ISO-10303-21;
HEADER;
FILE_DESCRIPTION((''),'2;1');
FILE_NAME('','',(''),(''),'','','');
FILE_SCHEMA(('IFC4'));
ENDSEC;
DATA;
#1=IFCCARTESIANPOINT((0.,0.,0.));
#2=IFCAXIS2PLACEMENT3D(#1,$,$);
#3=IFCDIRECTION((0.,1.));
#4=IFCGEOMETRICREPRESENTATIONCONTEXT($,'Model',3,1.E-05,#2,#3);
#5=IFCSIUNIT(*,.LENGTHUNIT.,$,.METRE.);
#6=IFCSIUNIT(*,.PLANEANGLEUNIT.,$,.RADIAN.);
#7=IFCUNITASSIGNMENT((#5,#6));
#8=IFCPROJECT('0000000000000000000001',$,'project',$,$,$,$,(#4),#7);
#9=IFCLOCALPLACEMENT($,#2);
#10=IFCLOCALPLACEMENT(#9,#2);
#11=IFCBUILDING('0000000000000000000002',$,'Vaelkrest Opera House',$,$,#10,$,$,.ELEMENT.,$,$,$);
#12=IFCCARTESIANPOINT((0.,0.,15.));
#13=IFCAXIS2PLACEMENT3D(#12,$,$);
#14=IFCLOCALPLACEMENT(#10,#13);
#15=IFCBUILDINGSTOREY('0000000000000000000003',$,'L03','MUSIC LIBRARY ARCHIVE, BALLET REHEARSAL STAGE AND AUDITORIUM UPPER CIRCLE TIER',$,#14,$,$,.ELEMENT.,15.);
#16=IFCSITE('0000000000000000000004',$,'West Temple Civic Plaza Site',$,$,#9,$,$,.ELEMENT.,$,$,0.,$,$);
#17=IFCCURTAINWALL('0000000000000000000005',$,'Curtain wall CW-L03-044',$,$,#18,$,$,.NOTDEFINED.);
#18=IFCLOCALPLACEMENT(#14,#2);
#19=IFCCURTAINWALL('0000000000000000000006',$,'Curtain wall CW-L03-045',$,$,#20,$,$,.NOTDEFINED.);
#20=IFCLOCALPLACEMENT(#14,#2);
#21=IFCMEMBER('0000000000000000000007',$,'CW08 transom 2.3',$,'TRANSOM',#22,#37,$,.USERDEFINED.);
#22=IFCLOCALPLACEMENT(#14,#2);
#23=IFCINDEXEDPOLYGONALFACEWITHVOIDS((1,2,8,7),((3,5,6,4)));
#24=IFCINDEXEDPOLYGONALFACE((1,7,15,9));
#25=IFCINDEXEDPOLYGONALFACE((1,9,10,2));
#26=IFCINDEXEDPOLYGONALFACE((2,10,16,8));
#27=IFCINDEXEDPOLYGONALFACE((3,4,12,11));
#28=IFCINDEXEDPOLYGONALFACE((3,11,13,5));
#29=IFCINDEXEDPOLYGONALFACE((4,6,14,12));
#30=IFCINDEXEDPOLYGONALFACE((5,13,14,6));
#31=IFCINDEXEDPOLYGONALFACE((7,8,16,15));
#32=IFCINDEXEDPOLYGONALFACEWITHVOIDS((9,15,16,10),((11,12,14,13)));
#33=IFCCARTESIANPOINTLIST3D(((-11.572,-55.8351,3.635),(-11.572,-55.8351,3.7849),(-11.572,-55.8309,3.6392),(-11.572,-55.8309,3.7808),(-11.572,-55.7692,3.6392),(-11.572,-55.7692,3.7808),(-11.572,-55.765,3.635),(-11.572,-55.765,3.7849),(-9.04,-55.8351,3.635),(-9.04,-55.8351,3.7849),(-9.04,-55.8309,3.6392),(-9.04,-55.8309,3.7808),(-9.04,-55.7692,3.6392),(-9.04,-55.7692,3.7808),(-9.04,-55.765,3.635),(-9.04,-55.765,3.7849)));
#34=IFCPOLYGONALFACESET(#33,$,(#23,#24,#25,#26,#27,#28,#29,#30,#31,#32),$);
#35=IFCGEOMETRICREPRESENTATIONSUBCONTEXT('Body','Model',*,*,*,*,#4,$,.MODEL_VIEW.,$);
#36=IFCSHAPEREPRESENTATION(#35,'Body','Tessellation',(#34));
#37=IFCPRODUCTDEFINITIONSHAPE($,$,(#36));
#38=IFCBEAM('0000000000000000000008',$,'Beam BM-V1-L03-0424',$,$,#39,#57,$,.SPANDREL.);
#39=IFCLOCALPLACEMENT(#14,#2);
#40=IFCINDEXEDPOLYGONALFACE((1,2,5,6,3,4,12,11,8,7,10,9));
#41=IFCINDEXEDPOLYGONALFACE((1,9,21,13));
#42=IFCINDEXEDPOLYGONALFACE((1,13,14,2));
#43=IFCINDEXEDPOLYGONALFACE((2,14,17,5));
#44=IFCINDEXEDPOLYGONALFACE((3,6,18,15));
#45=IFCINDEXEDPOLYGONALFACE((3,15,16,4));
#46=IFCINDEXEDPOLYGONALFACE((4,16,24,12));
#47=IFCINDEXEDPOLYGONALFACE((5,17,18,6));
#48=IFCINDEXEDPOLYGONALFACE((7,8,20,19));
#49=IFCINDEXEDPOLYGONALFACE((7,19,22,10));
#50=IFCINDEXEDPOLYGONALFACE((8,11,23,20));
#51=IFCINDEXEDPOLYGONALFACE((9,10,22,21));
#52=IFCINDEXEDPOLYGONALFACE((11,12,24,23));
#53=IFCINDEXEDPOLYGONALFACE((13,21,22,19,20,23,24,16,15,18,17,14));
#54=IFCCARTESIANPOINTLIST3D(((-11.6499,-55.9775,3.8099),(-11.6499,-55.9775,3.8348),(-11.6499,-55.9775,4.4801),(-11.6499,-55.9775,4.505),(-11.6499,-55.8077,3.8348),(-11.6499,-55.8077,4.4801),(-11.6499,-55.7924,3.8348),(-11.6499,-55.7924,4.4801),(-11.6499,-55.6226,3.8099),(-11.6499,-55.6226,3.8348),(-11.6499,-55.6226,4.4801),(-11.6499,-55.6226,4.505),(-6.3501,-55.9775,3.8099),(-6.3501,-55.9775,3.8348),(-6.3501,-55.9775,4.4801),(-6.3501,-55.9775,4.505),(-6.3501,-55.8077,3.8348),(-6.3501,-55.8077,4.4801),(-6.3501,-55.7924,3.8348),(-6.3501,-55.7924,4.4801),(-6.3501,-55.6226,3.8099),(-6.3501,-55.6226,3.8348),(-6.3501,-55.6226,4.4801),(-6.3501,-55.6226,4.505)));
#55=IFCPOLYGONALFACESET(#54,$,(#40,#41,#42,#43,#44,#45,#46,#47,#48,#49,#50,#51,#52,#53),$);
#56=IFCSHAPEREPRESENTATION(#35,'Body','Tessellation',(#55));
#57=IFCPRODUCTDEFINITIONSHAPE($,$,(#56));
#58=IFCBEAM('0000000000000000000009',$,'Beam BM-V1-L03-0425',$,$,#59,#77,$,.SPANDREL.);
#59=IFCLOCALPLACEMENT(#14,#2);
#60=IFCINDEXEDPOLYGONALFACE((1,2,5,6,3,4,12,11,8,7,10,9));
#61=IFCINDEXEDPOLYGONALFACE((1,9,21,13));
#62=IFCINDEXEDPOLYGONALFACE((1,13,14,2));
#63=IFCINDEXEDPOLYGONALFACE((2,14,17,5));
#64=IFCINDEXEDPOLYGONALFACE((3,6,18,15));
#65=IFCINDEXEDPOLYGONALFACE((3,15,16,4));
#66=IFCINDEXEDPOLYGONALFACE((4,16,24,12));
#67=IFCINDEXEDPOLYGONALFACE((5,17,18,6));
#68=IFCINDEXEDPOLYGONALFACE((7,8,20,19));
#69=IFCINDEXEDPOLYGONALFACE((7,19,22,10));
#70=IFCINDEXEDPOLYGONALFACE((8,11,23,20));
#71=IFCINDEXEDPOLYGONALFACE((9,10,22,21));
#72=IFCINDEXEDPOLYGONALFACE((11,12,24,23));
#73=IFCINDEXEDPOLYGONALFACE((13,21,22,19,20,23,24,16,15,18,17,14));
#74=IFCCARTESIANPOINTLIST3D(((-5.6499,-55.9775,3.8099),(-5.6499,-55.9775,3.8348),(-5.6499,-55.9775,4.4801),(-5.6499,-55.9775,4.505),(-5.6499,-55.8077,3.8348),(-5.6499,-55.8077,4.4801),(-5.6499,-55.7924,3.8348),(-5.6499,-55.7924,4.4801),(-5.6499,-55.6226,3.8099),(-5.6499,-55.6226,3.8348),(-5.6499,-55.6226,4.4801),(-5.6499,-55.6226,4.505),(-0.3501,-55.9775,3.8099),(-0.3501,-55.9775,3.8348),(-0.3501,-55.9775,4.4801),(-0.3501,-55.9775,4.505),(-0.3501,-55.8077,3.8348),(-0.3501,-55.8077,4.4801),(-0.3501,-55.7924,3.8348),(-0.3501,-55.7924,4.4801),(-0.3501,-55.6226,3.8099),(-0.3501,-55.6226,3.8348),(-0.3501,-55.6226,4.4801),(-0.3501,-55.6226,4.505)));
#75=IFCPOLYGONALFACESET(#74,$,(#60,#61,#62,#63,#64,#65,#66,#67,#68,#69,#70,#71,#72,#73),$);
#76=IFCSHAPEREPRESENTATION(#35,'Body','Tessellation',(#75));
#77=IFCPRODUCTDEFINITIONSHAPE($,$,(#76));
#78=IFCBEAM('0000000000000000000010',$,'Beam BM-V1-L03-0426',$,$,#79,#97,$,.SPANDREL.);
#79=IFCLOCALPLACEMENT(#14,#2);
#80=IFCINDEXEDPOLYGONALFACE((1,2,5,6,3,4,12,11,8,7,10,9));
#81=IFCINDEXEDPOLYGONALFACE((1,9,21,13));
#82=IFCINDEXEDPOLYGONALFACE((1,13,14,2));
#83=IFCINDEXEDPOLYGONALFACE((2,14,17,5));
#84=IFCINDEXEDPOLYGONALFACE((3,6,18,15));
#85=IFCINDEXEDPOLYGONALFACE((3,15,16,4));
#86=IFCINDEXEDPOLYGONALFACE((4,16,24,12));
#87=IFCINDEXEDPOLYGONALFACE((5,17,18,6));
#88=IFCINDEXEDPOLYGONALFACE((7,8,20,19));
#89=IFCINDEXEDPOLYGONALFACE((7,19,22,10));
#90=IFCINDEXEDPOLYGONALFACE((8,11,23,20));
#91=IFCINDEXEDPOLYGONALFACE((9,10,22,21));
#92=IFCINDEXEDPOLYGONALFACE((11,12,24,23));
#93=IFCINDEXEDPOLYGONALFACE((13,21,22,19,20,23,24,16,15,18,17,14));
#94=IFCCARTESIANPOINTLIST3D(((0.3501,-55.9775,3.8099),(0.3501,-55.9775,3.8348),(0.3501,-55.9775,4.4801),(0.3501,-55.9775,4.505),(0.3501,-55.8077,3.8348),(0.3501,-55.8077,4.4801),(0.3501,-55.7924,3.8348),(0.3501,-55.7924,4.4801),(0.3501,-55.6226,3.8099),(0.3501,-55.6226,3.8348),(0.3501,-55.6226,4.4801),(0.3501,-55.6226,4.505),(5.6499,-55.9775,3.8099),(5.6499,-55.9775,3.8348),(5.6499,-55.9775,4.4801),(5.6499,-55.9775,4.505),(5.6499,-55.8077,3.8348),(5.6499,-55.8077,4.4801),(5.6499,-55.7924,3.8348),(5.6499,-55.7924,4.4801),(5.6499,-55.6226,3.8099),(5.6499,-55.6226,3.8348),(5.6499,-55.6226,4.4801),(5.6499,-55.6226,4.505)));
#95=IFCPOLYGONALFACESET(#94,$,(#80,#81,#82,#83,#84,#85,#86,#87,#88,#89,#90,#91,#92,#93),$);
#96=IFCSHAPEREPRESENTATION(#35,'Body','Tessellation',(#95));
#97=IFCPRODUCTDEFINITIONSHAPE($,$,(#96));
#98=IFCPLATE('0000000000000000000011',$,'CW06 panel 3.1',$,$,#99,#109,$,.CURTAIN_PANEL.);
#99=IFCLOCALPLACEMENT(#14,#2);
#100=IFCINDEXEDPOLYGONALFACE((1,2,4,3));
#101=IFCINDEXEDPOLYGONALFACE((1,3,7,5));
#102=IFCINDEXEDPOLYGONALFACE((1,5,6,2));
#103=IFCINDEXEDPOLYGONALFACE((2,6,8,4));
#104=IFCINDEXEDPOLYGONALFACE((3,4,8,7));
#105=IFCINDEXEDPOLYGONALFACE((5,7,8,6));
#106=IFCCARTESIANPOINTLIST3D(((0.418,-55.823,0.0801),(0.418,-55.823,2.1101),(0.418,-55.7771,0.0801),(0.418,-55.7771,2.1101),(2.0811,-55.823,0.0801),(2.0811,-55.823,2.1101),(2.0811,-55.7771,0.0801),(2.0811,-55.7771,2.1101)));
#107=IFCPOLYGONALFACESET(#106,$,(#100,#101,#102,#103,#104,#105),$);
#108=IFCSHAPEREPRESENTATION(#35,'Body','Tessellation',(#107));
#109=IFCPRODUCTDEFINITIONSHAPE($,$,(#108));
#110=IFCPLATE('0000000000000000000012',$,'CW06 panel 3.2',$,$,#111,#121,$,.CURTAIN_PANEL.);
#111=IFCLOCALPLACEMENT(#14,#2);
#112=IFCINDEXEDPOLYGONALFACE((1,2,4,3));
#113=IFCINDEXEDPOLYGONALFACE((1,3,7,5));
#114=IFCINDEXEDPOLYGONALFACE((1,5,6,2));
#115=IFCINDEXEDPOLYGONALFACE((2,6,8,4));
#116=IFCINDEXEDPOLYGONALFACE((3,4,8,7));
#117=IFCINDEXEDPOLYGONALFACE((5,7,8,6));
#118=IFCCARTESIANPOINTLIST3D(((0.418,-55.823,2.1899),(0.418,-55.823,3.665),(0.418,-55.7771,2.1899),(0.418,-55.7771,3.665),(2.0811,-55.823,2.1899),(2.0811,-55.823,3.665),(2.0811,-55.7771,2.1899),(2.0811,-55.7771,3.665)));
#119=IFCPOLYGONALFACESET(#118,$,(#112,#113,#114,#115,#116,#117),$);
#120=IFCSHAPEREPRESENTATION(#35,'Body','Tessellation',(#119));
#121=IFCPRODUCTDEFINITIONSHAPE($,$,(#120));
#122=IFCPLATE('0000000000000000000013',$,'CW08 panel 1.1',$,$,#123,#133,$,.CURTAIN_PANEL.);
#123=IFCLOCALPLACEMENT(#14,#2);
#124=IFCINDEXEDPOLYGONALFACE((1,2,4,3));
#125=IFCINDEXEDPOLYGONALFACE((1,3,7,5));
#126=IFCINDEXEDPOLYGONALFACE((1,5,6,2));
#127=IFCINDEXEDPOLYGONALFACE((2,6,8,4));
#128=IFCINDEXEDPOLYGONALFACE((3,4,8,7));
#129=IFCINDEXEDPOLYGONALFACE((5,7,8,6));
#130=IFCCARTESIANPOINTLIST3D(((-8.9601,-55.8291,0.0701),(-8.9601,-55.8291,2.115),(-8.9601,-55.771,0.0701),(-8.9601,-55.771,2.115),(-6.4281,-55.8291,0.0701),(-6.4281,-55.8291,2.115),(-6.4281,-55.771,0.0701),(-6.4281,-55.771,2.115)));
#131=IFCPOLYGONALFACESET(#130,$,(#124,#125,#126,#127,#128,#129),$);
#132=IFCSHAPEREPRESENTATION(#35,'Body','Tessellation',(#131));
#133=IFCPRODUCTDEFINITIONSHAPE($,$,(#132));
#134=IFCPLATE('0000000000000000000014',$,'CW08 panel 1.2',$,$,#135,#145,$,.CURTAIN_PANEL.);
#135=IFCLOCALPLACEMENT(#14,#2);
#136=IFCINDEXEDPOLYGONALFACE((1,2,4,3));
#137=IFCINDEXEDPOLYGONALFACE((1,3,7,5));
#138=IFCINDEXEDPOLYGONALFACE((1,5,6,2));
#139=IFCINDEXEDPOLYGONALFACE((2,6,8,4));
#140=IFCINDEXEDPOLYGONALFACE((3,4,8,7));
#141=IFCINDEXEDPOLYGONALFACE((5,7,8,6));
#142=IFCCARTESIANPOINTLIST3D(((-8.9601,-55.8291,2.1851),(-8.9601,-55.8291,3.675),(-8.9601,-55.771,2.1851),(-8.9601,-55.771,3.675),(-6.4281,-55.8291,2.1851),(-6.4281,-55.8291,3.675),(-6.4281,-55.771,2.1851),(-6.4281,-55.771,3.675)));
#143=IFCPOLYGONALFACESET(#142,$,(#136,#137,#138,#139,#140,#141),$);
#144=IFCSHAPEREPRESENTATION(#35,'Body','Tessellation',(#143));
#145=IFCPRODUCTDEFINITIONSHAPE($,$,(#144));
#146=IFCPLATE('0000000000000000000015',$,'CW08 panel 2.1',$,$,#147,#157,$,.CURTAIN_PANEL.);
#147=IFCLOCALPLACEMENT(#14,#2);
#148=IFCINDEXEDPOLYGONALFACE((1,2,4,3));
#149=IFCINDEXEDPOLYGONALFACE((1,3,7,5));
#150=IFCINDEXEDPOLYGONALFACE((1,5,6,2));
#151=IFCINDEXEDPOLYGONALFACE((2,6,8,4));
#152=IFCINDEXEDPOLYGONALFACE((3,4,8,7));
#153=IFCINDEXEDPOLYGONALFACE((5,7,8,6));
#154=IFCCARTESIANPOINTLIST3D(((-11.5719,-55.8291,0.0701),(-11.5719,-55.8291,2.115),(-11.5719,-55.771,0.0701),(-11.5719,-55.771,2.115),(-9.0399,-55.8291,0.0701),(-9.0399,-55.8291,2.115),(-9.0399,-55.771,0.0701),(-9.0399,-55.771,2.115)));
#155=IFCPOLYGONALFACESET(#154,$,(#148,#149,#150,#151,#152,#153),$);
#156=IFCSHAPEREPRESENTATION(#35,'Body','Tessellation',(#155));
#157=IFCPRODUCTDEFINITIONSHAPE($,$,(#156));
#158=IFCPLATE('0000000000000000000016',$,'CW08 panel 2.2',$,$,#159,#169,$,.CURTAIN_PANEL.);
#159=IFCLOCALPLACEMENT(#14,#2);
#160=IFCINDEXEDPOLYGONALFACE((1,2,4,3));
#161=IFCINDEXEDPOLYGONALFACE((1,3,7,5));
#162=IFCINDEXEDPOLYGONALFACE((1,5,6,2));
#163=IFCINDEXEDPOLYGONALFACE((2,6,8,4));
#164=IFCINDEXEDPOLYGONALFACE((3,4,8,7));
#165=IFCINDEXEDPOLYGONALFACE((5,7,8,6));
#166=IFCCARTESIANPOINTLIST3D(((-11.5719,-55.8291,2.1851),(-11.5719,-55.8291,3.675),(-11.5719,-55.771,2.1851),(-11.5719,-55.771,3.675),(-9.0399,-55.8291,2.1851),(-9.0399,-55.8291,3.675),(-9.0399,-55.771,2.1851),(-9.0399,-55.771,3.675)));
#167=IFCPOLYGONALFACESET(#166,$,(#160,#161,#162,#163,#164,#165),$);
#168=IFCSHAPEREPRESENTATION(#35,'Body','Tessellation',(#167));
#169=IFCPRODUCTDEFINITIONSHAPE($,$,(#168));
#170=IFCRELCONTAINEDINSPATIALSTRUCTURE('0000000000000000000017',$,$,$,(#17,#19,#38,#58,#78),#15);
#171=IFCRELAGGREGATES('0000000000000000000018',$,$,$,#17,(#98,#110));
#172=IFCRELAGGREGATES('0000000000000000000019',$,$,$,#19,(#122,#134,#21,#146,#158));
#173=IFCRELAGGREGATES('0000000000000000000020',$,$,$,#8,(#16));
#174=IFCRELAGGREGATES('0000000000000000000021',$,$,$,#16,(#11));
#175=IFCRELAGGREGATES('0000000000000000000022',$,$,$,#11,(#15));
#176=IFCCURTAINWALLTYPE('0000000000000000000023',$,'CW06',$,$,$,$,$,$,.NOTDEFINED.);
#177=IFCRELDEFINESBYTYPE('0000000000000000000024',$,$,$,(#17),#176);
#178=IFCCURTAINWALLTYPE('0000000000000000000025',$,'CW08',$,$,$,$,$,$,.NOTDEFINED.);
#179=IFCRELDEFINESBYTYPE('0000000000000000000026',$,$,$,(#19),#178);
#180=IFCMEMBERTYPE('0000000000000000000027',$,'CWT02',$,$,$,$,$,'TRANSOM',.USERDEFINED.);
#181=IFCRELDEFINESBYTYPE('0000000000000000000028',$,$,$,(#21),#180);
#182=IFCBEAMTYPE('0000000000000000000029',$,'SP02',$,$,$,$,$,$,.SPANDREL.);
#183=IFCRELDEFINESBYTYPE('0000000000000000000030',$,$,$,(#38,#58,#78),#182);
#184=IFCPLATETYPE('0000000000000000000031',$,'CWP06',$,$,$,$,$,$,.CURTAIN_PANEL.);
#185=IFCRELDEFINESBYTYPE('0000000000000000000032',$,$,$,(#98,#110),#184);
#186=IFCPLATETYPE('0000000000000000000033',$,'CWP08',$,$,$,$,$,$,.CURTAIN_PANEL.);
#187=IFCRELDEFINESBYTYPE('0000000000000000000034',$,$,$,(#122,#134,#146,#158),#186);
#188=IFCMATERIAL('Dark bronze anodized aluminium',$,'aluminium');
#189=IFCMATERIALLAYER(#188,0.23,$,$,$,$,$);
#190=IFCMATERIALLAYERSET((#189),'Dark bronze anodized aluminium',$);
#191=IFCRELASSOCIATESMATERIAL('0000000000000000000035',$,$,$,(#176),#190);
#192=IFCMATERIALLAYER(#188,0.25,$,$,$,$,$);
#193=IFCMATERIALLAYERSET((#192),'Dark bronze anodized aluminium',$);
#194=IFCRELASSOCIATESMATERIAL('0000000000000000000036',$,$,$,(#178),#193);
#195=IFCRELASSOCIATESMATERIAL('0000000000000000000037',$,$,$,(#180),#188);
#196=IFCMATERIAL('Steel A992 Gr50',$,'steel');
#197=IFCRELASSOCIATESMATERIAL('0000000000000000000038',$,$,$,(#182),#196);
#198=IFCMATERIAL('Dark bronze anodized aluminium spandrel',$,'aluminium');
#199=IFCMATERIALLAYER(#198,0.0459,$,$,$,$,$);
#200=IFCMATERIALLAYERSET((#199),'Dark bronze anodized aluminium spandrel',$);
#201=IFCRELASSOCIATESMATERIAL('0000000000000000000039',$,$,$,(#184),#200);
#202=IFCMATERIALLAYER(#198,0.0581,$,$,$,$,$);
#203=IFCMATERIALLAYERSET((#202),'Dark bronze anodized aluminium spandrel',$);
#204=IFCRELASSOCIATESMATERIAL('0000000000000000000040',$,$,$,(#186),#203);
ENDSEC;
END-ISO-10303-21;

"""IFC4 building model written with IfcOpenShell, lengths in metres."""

from ifc_helpers import new_model, si_unit, direction, frame, origin, origin_2d, place, context, subcontext, project, spatial, rectangle, hollow_rectangle, i_section, extrude, material, layer, layer_set, material_profile, profile_set, type_object, element, aggregate, save


model = new_model("IFC4")

# Units and contexts
model_context = context("Model", 3, precision=1e-05, world=origin(), true_north=direction((0.0, 1.0)))
body_context = subcontext(model_context, "Body", "Model", "MODEL_VIEW")
ifc_project = project(units=[si_unit("LENGTHUNIT", "METRE"), si_unit("PLANEANGLEUNIT", "RADIAN")], contexts=[model_context])

# Site, building, storey
site_placement = place(None, origin())
site = spatial("IfcSite", under=ifc_project, at=site_placement, Name="West Temple Civic Plaza Site", CompositionType="ELEMENT", RefElevation=0.0)
building_placement = place(site_placement, origin())
building = spatial("IfcBuilding", under=site, at=building_placement, Name="Vaelkrest Opera House", CompositionType="ELEMENT")
storey_placement = place(building_placement, frame((0.0, 0.0, 15.0)))
storey = spatial("IfcBuildingStorey", under=building, at=storey_placement, Name="L03", Description="MUSIC LIBRARY ARCHIVE, BALLET REHEARSAL STAGE AND AUDITORIUM UPPER CIRCLE TIER", CompositionType="ELEMENT", Elevation=15.0)

# Curtain wall
ifc_material_1 = material(Name="Dark bronze anodized aluminium", Category="aluminium")
ifc_layer_1 = layer(ifc_material_1, 0.23)
ifc_layer_set_1 = layer_set([ifc_layer_1], Name="Dark bronze anodized aluminium")
curtain_wall_type_1 = type_object("IfcCurtainWallType", Name="CW06", PredefinedType="NOTDEFINED", material=ifc_layer_set_1)
curtain_wall_1_placement = place(storey_placement, origin())
curtain_wall_1 = element("IfcCurtainWall", 1, at=curtain_wall_1_placement, inside=storey, type_object=curtain_wall_type_1, Name="Curtain wall CW-L03-044", PredefinedType="NOTDEFINED")

# Curtain wall, member
ifc_layer_2 = layer(ifc_material_1, 0.25)
ifc_layer_set_2 = layer_set([ifc_layer_2], Name="Dark bronze anodized aluminium")
curtain_wall_type_2 = type_object("IfcCurtainWallType", Name="CW08", PredefinedType="NOTDEFINED", material=ifc_layer_set_2)
curtain_wall_2_placement = place(storey_placement, origin())
curtain_wall_2 = element("IfcCurtainWall", 2, at=curtain_wall_2_placement, inside=storey, type_object=curtain_wall_type_2, Name="Curtain wall CW-L03-045", PredefinedType="NOTDEFINED")
ifc_material_profile_1 = material_profile(ifc_material_1, hollow_rectangle(XDim=0.0701, YDim=0.1499, WallThickness=0.0042, at=origin_2d()), Name="CWT70X150")
ifc_profile_set_1 = profile_set([ifc_material_profile_1], Name="Dark bronze anodized aluminium")
member_type_1 = type_object("IfcMemberType", Name="CWT02", ElementType="TRANSOM", PredefinedType="USERDEFINED", material=ifc_profile_set_1)
member_1_placement = place(storey_placement, frame((-9.04, -55.8, 3.71), z_axis=(-1.0, 0.0, 0.0), x_axis=(0.0, -1.0, 0.0)))
member_1 = element("IfcMember", 3, at=member_1_placement, type_object=member_type_1, Name="CW08 transom 2.3", ObjectType="TRANSOM", PredefinedType="USERDEFINED", context=body_context, shape_type="SweptSolid", body=[
    extrude(hollow_rectangle(XDim=0.0701, YDim=0.1499, WallThickness=0.0042, at=origin_2d()), origin(), (0.0, 0.0, 1.0), 2.532),
])

# Beams
ifc_material_2 = material(Name="Steel A992 Gr50", Category="steel")
ifc_material_profile_2 = material_profile(ifc_material_2, i_section(OverallWidth=0.355, OverallDepth=0.6951, WebThickness=0.0154, FlangeThickness=0.0249, at=origin_2d()), Name="W27X146")
ifc_profile_set_2 = profile_set([ifc_material_profile_2], Name="Steel A992 Gr50")
beam_type = type_object("IfcBeamType", Name="SP02", PredefinedType="SPANDREL", material=ifc_profile_set_2)
for number, where, z_axis, x_axis, name in (
    (4, (-11.6499, -55.8, 4.1575), (1.0, 0.0, 0.0), (0.0, 1.0, 0.0), "Beam BM-V1-L03-0424"),
    (5, (-5.6499, -55.8, 4.1575), (1.0, 0.0, 0.0), (0.0, 1.0, 0.0), "Beam BM-V1-L03-0425"),
    (6, (0.3501, -55.8, 4.1575), (1.0, 0.0, 0.0), (0.0, 1.0, 0.0), "Beam BM-V1-L03-0426"),
):
    element("IfcBeam", number, at=place(storey_placement, frame(where, z_axis=z_axis, x_axis=x_axis)), inside=storey, type_object=beam_type, Name=name, PredefinedType="SPANDREL", context=body_context, shape_type="SweptSolid", body=[
        extrude(i_section(OverallWidth=0.355, OverallDepth=0.6951, WebThickness=0.0154, FlangeThickness=0.0249, at=origin_2d()), origin(), (0.0, 0.0, 1.0), 5.2998),
    ])

# Plates
ifc_material_3 = material(Name="Dark bronze anodized aluminium spandrel", Category="aluminium")
ifc_layer_3 = layer(ifc_material_3, 0.0459)
ifc_layer_set_3 = layer_set([ifc_layer_3], Name="Dark bronze anodized aluminium spandrel")
plate_type_1 = type_object("IfcPlateType", Name="CWP06", PredefinedType="CURTAIN_PANEL", material=ifc_layer_set_3)
plate_1_placement = place(storey_placement, frame((1.2495, -55.8, 0.0801), z_axis=(0.0, 0.0, 1.0), x_axis=(-1.0, 0.0, 0.0)))
plate_1 = element("IfcPlate", 7, at=plate_1_placement, type_object=plate_type_1, Name="CW06 panel 3.1", PredefinedType="CURTAIN_PANEL", context=body_context, shape_type="SweptSolid", body=[
    extrude(rectangle(XDim=1.6631, YDim=0.0459, at=origin_2d()), origin(), (0.0, 0.0, 1.0), 2.03),
])
plate_2_placement = place(storey_placement, frame((1.2495, -55.8, 2.1899), z_axis=(0.0, 0.0, 1.0), x_axis=(-1.0, 0.0, 0.0)))
plate_2 = element("IfcPlate", 8, at=plate_2_placement, type_object=plate_type_1, Name="CW06 panel 3.2", PredefinedType="CURTAIN_PANEL", context=body_context, shape_type="SweptSolid", body=[
    extrude(rectangle(XDim=1.6631, YDim=0.0459, at=origin_2d()), origin(), (0.0, 0.0, 1.0), 1.4751),
])
aggregate(curtain_wall_1, [plate_1, plate_2])
ifc_layer_4 = layer(ifc_material_3, 0.0581)
ifc_layer_set_4 = layer_set([ifc_layer_4], Name="Dark bronze anodized aluminium spandrel")
plate_type_2 = type_object("IfcPlateType", Name="CWP08", PredefinedType="CURTAIN_PANEL", material=ifc_layer_set_4)
plate_3_placement = place(storey_placement, frame((-7.6941, -55.8, 0.0701), z_axis=(0.0, 0.0, 1.0), x_axis=(-1.0, 0.0, 0.0)))
plate_3 = element("IfcPlate", 9, at=plate_3_placement, type_object=plate_type_2, Name="CW08 panel 1.1", PredefinedType="CURTAIN_PANEL", context=body_context, shape_type="SweptSolid", body=[
    extrude(rectangle(XDim=2.532, YDim=0.0581, at=origin_2d()), origin(), (0.0, 0.0, 1.0), 2.0449),
])
plate_4_placement = place(storey_placement, frame((-7.6941, -55.8, 2.1851), z_axis=(0.0, 0.0, 1.0), x_axis=(-1.0, 0.0, 0.0)))
plate_4 = element("IfcPlate", 10, at=plate_4_placement, type_object=plate_type_2, Name="CW08 panel 1.2", PredefinedType="CURTAIN_PANEL", context=body_context, shape_type="SweptSolid", body=[
    extrude(rectangle(XDim=2.532, YDim=0.0581, at=origin_2d()), origin(), (0.0, 0.0, 1.0), 1.49),
])
plate_5_placement = place(storey_placement, frame((-10.3059, -55.8, 0.0701), z_axis=(0.0, 0.0, 1.0), x_axis=(-1.0, 0.0, 0.0)))
plate_5 = element("IfcPlate", 11, at=plate_5_placement, type_object=plate_type_2, Name="CW08 panel 2.1", PredefinedType="CURTAIN_PANEL", context=body_context, shape_type="SweptSolid", body=[
    extrude(rectangle(XDim=2.532, YDim=0.0581, at=origin_2d()), origin(), (0.0, 0.0, 1.0), 2.0449),
])
plate_6_placement = place(storey_placement, frame((-10.3059, -55.8, 2.1851), z_axis=(0.0, 0.0, 1.0), x_axis=(-1.0, 0.0, 0.0)))
plate_6 = element("IfcPlate", 12, at=plate_6_placement, type_object=plate_type_2, Name="CW08 panel 2.2", PredefinedType="CURTAIN_PANEL", context=body_context, shape_type="SweptSolid", body=[
    extrude(rectangle(XDim=2.532, YDim=0.0581, at=origin_2d()), origin(), (0.0, 0.0, 1.0), 1.49),
])
aggregate(curtain_wall_2, [plate_3, plate_4, member_1, plate_5, plate_6])

save(model, "model.ifc")
